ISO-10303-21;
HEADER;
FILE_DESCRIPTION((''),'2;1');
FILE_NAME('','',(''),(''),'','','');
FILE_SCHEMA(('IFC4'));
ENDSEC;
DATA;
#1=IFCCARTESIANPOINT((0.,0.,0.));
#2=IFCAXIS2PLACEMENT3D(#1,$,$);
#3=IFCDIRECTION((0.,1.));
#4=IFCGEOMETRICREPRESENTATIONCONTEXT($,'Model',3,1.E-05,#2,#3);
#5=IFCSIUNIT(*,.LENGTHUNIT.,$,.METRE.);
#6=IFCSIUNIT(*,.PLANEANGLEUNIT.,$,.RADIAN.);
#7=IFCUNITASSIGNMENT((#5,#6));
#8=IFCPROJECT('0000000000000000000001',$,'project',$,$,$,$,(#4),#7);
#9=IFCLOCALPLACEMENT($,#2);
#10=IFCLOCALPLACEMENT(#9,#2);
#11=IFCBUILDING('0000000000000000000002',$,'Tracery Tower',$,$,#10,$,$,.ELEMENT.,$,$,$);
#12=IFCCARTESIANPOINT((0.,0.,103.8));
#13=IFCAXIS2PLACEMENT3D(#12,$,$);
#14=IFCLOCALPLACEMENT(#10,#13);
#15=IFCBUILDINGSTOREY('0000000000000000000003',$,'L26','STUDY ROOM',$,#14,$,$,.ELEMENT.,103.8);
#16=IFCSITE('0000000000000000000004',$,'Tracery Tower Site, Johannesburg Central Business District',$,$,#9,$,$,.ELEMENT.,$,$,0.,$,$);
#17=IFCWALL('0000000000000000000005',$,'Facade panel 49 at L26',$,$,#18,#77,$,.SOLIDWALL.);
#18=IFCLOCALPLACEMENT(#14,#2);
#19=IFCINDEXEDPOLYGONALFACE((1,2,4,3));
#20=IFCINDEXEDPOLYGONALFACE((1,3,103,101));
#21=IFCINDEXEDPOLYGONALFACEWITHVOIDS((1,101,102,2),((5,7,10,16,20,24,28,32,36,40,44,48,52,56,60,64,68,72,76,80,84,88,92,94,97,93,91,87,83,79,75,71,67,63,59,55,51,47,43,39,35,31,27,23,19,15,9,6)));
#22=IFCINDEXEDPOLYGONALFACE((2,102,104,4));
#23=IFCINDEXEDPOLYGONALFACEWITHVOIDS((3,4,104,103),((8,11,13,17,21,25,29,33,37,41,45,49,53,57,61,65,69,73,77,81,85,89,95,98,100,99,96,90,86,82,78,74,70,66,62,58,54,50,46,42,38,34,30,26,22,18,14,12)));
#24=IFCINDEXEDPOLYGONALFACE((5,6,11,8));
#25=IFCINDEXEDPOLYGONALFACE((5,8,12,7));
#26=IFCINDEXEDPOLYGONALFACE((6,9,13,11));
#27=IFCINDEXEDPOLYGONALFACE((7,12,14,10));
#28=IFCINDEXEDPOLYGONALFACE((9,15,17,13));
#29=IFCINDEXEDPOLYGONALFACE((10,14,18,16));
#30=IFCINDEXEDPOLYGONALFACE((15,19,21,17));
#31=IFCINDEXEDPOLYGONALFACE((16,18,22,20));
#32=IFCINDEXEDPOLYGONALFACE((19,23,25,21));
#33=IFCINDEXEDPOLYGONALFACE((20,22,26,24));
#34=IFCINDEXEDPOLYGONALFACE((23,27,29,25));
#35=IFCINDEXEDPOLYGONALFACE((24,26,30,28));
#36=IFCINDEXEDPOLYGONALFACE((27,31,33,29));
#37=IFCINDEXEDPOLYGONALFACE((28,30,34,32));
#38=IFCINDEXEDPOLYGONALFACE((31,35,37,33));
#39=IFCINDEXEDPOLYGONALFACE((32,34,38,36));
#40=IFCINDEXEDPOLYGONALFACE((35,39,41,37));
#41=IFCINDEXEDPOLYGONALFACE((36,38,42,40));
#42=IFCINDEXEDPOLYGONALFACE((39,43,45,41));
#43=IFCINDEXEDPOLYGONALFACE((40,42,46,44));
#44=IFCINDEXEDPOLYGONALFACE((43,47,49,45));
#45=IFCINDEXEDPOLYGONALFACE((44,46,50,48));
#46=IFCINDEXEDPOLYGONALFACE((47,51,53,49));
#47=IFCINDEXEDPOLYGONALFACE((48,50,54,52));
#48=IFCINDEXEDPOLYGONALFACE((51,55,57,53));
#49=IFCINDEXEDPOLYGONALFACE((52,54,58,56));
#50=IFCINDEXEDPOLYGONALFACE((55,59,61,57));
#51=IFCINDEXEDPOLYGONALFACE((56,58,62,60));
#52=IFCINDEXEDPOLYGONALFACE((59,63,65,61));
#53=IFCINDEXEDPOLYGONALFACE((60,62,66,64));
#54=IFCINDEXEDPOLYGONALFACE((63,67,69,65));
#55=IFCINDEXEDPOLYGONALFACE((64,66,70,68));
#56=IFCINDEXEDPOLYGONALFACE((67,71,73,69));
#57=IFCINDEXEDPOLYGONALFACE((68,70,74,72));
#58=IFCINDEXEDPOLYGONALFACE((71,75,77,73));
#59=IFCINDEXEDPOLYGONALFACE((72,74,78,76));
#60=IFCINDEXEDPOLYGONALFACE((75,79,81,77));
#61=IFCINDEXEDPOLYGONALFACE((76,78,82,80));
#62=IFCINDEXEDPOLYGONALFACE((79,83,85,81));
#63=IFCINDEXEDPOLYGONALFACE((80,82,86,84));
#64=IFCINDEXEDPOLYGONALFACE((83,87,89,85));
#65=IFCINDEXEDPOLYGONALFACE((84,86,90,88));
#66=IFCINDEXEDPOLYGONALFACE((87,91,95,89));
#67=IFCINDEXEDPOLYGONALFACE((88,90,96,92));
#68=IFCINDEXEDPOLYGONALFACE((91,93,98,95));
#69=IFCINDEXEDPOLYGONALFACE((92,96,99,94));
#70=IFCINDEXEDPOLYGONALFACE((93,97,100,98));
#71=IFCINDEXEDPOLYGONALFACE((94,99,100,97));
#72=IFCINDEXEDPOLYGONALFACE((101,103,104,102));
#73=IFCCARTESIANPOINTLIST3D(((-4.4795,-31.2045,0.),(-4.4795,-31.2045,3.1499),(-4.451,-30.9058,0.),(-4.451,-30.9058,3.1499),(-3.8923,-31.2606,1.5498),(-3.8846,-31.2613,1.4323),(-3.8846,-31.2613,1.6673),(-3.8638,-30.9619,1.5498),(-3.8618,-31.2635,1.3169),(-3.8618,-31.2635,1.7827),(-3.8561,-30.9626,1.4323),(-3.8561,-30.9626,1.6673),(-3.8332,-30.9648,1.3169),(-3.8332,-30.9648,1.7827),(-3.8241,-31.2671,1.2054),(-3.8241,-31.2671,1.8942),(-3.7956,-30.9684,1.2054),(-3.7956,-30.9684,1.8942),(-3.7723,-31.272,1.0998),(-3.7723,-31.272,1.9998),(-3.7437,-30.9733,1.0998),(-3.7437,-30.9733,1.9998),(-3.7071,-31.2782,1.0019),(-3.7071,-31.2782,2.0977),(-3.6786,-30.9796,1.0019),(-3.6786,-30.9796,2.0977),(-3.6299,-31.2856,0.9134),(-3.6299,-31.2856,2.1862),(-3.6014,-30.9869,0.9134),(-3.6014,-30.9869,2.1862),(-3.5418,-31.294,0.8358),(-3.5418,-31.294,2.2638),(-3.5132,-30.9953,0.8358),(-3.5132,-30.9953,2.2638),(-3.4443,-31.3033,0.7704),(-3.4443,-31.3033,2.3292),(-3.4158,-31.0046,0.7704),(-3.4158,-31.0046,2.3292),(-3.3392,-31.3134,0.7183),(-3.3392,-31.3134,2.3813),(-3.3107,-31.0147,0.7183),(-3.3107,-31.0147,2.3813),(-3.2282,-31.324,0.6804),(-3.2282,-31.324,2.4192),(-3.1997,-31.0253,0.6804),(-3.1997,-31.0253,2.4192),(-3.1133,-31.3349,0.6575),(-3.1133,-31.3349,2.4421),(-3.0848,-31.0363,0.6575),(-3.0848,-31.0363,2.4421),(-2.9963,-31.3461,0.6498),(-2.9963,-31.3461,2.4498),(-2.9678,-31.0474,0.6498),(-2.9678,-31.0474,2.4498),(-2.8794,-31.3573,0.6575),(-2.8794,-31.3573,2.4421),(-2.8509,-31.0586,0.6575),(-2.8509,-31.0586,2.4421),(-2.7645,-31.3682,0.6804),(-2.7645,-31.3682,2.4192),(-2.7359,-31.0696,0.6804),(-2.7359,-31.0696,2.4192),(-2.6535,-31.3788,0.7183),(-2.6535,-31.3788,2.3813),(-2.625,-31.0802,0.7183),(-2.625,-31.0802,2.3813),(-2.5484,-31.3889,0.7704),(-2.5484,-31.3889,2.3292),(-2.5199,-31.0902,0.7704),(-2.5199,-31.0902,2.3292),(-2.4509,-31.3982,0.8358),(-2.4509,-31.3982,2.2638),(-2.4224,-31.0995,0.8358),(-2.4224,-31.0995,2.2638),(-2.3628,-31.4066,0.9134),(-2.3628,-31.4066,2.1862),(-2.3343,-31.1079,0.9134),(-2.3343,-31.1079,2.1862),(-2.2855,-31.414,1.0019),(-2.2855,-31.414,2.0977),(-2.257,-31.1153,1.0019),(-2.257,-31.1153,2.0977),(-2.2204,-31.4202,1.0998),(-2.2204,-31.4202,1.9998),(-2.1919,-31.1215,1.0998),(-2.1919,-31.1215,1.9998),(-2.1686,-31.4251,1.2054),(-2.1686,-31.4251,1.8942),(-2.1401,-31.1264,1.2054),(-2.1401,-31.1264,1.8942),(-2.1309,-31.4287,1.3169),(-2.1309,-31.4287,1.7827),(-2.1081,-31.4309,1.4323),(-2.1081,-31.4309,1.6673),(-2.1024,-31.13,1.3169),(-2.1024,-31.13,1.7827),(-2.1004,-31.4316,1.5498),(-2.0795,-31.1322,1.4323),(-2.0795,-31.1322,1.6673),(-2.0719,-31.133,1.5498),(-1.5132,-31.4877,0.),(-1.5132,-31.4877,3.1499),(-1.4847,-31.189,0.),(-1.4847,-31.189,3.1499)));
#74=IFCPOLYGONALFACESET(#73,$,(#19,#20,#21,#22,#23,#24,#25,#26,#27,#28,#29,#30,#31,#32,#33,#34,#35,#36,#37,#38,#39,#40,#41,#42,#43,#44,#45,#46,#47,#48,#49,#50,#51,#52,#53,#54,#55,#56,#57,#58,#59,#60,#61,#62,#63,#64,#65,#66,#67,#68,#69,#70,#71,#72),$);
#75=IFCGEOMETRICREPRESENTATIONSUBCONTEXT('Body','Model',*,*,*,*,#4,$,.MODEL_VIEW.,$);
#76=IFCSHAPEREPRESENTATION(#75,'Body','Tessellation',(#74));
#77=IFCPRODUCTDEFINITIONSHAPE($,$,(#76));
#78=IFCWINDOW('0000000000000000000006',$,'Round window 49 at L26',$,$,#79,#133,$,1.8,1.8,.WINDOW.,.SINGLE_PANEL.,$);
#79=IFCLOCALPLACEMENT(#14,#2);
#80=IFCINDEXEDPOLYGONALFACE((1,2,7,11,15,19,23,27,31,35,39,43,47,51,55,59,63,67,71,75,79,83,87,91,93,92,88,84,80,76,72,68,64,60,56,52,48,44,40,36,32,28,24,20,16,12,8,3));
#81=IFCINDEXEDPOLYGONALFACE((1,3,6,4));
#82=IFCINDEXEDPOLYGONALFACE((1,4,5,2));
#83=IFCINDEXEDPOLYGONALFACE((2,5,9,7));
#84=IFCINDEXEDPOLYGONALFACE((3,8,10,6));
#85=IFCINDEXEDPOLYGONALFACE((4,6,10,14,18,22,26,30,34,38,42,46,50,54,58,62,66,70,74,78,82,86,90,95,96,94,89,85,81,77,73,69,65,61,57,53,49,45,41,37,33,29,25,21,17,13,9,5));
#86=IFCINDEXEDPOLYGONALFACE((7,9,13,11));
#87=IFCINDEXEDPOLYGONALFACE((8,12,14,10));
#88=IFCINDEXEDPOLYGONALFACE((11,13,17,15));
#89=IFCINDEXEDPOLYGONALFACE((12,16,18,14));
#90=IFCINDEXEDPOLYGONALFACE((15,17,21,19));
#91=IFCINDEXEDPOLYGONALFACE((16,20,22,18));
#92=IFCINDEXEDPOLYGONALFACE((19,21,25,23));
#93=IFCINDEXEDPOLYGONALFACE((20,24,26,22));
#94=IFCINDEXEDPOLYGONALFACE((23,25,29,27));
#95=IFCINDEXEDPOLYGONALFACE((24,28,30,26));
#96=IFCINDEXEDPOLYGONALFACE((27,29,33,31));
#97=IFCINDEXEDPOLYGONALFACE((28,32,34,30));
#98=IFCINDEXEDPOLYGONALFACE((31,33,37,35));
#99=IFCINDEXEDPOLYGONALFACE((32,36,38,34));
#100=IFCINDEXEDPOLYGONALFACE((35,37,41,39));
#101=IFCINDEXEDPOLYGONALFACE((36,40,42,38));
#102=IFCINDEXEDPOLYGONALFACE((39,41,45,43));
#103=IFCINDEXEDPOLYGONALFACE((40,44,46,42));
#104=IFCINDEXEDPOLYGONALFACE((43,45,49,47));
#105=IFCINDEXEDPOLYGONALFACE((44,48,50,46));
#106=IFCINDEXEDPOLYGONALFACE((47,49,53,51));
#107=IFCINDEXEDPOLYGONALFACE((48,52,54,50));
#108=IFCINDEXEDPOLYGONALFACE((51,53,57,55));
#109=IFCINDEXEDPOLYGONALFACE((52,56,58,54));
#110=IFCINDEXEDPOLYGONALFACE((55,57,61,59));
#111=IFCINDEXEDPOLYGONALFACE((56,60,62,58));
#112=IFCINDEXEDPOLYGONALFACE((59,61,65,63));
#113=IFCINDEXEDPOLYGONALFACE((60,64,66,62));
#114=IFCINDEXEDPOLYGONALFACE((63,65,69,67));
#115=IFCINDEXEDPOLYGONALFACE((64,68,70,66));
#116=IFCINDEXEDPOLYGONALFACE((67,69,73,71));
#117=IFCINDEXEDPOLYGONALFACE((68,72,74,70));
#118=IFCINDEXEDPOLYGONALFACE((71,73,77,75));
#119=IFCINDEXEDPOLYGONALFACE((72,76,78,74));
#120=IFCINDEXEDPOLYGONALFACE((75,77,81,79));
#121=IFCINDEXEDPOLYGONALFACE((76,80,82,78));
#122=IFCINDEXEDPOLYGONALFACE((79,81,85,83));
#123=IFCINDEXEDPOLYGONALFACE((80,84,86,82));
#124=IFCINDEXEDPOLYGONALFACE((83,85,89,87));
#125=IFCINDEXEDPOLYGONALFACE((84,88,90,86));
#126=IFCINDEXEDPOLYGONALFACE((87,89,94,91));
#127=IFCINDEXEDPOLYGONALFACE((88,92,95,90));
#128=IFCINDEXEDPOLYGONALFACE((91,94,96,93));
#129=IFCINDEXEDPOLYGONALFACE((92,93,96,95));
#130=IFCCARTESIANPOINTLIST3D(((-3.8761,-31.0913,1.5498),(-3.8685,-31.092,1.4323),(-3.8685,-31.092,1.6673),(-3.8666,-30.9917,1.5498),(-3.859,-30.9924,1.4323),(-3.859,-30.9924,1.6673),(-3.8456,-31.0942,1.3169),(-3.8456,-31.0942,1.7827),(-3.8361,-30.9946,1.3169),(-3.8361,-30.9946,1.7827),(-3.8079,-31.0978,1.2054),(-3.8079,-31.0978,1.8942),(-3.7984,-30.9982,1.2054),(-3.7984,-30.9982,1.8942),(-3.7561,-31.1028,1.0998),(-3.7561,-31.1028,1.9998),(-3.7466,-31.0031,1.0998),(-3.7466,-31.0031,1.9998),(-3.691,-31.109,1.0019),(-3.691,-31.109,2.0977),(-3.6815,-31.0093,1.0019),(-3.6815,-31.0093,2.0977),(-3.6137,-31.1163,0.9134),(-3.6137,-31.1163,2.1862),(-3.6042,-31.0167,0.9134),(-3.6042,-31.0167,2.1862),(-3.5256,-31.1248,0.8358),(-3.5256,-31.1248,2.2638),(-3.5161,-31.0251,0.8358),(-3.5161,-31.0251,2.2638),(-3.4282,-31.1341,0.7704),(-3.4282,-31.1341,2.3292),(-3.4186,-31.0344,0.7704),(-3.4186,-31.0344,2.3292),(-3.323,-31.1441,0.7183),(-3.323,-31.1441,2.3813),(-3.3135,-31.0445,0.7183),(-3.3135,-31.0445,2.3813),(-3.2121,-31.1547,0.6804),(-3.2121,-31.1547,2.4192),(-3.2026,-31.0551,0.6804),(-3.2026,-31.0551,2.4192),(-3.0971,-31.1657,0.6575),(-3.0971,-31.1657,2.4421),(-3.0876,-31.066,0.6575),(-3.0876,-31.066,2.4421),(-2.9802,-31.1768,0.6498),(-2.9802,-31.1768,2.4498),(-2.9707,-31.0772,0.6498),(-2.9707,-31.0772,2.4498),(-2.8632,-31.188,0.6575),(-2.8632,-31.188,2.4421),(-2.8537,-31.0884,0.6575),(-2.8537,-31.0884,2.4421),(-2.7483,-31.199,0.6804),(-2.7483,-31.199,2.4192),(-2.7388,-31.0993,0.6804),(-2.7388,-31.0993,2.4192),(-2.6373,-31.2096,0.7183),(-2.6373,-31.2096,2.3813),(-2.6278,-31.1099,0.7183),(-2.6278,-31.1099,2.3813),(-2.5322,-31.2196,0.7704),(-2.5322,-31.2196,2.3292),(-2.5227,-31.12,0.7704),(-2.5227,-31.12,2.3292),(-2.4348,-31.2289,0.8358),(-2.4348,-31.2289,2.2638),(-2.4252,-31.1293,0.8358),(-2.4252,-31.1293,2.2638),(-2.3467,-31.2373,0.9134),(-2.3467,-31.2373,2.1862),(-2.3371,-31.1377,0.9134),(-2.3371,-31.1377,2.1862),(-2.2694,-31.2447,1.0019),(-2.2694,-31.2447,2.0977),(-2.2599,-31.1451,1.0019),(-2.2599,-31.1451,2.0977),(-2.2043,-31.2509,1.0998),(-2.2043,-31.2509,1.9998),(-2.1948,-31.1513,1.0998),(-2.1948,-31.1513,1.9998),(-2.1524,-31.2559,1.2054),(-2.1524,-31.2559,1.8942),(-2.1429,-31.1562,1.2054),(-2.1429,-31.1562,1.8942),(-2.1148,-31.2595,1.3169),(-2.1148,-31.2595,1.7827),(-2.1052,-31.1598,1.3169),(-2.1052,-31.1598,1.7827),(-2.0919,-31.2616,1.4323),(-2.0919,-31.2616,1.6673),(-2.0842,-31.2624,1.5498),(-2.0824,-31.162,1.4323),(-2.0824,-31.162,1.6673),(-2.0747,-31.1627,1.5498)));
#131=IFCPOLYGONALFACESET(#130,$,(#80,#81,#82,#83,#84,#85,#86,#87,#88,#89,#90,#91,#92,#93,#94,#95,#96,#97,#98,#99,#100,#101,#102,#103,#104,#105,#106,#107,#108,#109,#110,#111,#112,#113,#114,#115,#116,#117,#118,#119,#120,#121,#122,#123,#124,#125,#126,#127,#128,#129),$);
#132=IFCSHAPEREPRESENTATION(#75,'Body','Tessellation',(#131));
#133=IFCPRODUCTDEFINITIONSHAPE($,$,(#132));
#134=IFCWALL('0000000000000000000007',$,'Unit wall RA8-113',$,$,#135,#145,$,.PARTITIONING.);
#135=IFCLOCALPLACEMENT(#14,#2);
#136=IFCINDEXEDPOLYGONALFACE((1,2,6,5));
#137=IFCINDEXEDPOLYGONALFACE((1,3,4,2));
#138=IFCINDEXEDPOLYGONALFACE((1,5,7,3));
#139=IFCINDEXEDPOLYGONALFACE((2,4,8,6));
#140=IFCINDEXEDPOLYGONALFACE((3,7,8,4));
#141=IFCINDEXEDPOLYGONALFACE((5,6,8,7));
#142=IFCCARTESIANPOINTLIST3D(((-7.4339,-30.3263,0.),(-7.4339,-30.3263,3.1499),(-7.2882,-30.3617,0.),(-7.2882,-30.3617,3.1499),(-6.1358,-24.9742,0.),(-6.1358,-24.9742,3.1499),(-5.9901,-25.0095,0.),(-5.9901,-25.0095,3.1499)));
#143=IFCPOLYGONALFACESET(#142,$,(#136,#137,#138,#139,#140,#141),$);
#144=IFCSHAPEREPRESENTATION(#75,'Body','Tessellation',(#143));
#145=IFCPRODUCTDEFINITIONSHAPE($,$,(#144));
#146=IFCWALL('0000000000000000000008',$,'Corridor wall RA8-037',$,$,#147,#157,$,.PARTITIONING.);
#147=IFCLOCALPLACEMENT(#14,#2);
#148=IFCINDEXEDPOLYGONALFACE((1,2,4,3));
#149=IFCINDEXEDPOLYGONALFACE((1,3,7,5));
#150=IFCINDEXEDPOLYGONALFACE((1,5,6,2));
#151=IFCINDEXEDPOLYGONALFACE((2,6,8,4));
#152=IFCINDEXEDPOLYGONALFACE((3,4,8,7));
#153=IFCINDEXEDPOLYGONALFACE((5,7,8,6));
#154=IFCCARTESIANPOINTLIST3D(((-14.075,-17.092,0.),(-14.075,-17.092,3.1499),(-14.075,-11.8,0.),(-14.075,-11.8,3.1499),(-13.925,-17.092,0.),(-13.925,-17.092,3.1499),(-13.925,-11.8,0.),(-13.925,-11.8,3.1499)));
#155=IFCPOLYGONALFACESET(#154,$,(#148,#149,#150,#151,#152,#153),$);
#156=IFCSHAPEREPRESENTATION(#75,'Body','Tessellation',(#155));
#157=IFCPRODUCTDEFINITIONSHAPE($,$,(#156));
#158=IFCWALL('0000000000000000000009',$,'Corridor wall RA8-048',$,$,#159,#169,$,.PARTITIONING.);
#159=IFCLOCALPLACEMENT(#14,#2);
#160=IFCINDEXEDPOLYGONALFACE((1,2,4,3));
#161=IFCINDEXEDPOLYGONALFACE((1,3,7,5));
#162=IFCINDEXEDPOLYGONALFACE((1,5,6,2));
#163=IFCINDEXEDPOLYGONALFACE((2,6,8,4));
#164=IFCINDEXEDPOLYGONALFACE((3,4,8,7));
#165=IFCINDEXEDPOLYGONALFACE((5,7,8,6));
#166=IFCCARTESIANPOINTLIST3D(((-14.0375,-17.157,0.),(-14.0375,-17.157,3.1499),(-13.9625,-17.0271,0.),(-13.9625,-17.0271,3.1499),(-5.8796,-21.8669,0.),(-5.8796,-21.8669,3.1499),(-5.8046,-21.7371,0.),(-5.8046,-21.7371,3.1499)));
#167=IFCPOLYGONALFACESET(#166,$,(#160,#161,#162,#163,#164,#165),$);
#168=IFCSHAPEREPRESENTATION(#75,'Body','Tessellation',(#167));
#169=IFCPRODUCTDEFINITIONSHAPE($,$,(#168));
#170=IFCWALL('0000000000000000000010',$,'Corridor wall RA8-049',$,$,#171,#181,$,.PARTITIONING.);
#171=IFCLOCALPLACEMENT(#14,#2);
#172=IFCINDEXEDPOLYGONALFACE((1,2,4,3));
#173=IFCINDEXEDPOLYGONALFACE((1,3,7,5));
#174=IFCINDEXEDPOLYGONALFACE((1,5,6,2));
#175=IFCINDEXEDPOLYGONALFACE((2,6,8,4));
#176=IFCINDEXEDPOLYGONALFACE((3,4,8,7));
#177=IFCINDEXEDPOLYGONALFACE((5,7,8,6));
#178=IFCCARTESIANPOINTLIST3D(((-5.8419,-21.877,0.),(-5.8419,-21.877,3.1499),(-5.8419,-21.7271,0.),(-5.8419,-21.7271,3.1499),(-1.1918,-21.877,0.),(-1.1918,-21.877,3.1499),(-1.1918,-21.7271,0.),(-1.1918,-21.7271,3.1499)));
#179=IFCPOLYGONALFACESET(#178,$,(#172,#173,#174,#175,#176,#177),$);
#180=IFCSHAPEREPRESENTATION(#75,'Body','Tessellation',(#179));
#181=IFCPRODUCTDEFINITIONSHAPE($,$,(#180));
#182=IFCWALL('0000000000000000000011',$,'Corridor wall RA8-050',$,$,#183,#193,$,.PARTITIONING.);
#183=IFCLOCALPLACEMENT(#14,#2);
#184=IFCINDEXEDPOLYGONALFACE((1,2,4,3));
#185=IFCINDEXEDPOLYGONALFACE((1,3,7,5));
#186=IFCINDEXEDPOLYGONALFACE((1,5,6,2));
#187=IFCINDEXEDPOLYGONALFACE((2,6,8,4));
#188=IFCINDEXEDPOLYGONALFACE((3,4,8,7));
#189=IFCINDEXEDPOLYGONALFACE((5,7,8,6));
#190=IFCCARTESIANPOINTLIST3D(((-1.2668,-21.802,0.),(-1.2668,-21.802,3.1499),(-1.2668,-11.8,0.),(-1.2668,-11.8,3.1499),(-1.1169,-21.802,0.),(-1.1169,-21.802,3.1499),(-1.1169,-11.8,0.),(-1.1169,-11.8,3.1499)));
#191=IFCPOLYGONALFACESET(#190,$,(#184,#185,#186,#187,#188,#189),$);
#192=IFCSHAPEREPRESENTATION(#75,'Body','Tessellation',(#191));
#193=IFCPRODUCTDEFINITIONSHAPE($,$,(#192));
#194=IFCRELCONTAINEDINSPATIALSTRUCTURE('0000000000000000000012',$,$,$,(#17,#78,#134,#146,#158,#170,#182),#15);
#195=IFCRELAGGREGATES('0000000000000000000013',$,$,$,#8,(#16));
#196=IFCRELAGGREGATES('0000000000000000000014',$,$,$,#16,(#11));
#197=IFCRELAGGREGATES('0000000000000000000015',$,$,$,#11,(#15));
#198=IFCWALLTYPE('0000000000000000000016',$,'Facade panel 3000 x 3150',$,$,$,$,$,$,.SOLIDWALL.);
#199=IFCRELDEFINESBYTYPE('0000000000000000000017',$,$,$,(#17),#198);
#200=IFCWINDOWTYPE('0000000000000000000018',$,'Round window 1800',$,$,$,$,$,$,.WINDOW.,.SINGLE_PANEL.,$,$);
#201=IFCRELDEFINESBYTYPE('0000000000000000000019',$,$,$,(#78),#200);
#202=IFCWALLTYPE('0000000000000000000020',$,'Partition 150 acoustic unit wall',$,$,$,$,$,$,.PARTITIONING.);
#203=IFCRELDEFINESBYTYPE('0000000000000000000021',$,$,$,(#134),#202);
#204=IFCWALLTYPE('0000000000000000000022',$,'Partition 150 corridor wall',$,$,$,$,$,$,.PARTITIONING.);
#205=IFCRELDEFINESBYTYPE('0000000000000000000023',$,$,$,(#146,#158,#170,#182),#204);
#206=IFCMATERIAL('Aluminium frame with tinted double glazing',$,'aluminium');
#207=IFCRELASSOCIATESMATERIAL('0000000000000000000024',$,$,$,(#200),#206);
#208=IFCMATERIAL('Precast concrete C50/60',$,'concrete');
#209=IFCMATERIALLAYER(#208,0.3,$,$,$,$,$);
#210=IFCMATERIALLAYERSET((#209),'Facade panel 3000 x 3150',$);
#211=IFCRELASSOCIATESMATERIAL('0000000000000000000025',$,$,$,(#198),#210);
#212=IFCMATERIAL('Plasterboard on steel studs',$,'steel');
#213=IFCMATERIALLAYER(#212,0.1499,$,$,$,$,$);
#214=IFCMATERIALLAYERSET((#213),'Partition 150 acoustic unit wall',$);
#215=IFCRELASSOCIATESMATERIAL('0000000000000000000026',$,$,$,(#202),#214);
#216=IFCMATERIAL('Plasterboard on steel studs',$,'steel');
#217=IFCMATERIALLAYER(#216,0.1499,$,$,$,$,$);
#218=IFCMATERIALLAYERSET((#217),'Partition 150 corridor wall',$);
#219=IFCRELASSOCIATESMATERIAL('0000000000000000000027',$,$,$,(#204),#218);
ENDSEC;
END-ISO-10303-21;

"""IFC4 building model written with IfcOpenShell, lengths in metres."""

from ifc_helpers import new_model, si_unit, direction, frame, frame_2d, origin, origin_2d, place, context, subcontext, project, spatial, rectangle, circle, extrude, material, layer, layer_set, type_object, element, fill, save


model = new_model("IFC4")

# Units and contexts
model_context = context("Model", 3, precision=1e-05, world=origin(), true_north=direction((0.0, 1.0)))
body_context = subcontext(model_context, "Body", "Model", "MODEL_VIEW")
ifc_project = project(units=[si_unit("LENGTHUNIT", "METRE"), si_unit("PLANEANGLEUNIT", "RADIAN")], contexts=[model_context])

# Site, building, storey
site_placement = place(None, origin())
site = spatial("IfcSite", under=ifc_project, at=site_placement, Name="Tracery Tower Site, Johannesburg Central Business District", CompositionType="ELEMENT", RefElevation=0.0)
building_placement = place(site_placement, origin())
building = spatial("IfcBuilding", under=site, at=building_placement, Name="Tracery Tower", CompositionType="ELEMENT")
storey_placement = place(building_placement, frame((0.0, 0.0, 103.8)))
storey = spatial("IfcBuildingStorey", under=building, at=storey_placement, Name="L26", Description="STUDY ROOM", CompositionType="ELEMENT", Elevation=103.8)

# Wall, opening, window
ifc_material_1 = material(Name="Aluminium frame with tinted double glazing", Category="aluminium")
window_type = type_object("IfcWindowType", Name="Round window 1800", PartitioningType="SINGLE_PANEL", PredefinedType="WINDOW", material=ifc_material_1)
ifc_material_2 = material(Name="Precast concrete C50/60", Category="concrete")
ifc_layer_1 = layer(ifc_material_2, 0.3)
ifc_layer_set_1 = layer_set([ifc_layer_1], Name="Facade panel 3000 x 3150")
wall_type_1 = type_object("IfcWallType", Name="Facade panel 3000 x 3150", PredefinedType="SOLIDWALL", material=ifc_layer_set_1)
wall_1_placement = place(storey_placement, frame((-4.4651, -31.0552, 0.0), z_axis=(0.0, 0.0, 1.0), x_axis=(0.995473, -0.095041, 0.0)))
wall_1 = element("IfcWall", 1, at=wall_1_placement, inside=storey, type_object=wall_type_1, Name="Facade panel 49 at L26", PredefinedType="SOLIDWALL", context=body_context, shape_type="SweptSolid", body=[
    extrude(rectangle(XDim=2.9797, YDim=0.3, at=frame_2d((1.4897, 0.0))), origin(), (0.0, 0.0, 1.0), 3.1499),
])
opening_1_placement = place(wall_1_placement, frame((1.4897, 0.0, 1.5498)))
opening_1 = element("IfcOpeningElement", 2, at=opening_1_placement, cuts=wall_1, PredefinedType="OPENING", context=body_context, shape_type="SweptSolid", body=[
    extrude(circle(Radius=0.9, at=origin_2d()), frame((0.0, 0.1599, 0.0), z_axis=(0.0, -1.0, 0.0), x_axis=(1.0, 0.0, 0.0)), (0.0, 0.0, 1.0), 0.3201),
])
window_1_placement = place(opening_1_placement, origin())
window_1 = element("IfcWindow", 3, at=window_1_placement, inside=storey, type_object=window_type, Name="Round window 49 at L26", OverallHeight=1.8, OverallWidth=1.8, PartitioningType="SINGLE_PANEL", PredefinedType="WINDOW", context=body_context, shape_type="SweptSolid", body=[
    extrude(circle(Radius=0.9, at=origin_2d()), frame((0.0, 0.1201, 0.0), z_axis=(0.0, -1.0, 0.0), x_axis=(1.0, 0.0, 0.0)), (0.0, 0.0, 1.0), 0.1001),
])
fill(opening_1, window_1)

# Walls
ifc_material_3 = material(Name="Plasterboard on steel studs", Category="steel")
ifc_layer_2 = layer(ifc_material_3, 0.1499)
ifc_layer_set_2 = layer_set([ifc_layer_2], Name="Partition 150 acoustic unit wall")
wall_type_2 = type_object("IfcWallType", Name="Partition 150 acoustic unit wall", PredefinedType="PARTITIONING", material=ifc_layer_set_2)
wall_2_placement = place(storey_placement, frame((-7.3611, -30.344, 0.0), z_axis=(0.0, 0.0, 1.0), x_axis=(0.235708, 0.971824, 0.0)))
element("IfcWall", 4, at=wall_2_placement, inside=storey, type_object=wall_type_2, Name="Unit wall RA8-113", PredefinedType="PARTITIONING", context=body_context, shape_type="SweptSolid", body=[
    extrude(rectangle(XDim=5.5073, YDim=0.1499, at=frame_2d((2.7537, 0.0))), origin(), (0.0, 0.0, 1.0), 3.1499),
])
ifc_material_4 = material(Name="Plasterboard on steel studs", Category="steel")
ifc_layer_3 = layer(ifc_material_4, 0.1499)
ifc_layer_set_3 = layer_set([ifc_layer_3], Name="Partition 150 corridor wall")
wall_type_3 = type_object("IfcWallType", Name="Partition 150 corridor wall", PredefinedType="PARTITIONING", material=ifc_layer_set_3)
wall_3_placement = place(storey_placement, frame((-14.0, -17.092, 0.0), z_axis=(0.0, 0.0, 1.0), x_axis=(0.0, 1.0, 0.0)))
element("IfcWall", 5, at=wall_3_placement, inside=storey, type_object=wall_type_3, Name="Corridor wall RA8-037", PredefinedType="PARTITIONING", context=body_context, shape_type="SweptSolid", body=[
    extrude(rectangle(XDim=5.292, YDim=0.1499, at=frame_2d((2.646, 0.0))), origin(), (0.0, 0.0, 1.0), 3.1499),
])
wall_4_placement = place(storey_placement, frame((-14.0, -17.092, 0.0), z_axis=(0.0, 0.0, 1.0), x_axis=(0.866027, -0.499997, 0.0)))
element("IfcWall", 6, at=wall_4_placement, inside=storey, type_object=wall_type_3, Name="Corridor wall RA8-048", PredefinedType="PARTITIONING", context=body_context, shape_type="SweptSolid", body=[
    extrude(rectangle(XDim=9.4199, YDim=0.1499, at=frame_2d((4.71, 0.0))), origin(), (0.0, 0.0, 1.0), 3.1499),
])
wall_5_placement = place(storey_placement, frame((-5.842, -21.802, 0.0), z_axis=(0.0, 0.0, 1.0), x_axis=(1.0, 0.0, 0.0)))
element("IfcWall", 7, at=wall_5_placement, inside=storey, type_object=wall_type_3, Name="Corridor wall RA8-049", PredefinedType="PARTITIONING", context=body_context, shape_type="SweptSolid", body=[
    extrude(rectangle(XDim=4.6501, YDim=0.1499, at=frame_2d((2.3252, 0.0))), origin(), (0.0, 0.0, 1.0), 3.1499),
])
wall_6_placement = place(storey_placement, frame((-1.1919, -21.802, 0.0), z_axis=(0.0, 0.0, 1.0), x_axis=(0.0, 1.0, 0.0)))
element("IfcWall", 8, at=wall_6_placement, inside=storey, type_object=wall_type_3, Name="Corridor wall RA8-050", PredefinedType="PARTITIONING", context=body_context, shape_type="SweptSolid", body=[
    extrude(rectangle(XDim=10.002, YDim=0.1499, at=frame_2d((5.001, 0.0))), origin(), (0.0, 0.0, 1.0), 3.1499),
])

save(model, "model.ifc")
